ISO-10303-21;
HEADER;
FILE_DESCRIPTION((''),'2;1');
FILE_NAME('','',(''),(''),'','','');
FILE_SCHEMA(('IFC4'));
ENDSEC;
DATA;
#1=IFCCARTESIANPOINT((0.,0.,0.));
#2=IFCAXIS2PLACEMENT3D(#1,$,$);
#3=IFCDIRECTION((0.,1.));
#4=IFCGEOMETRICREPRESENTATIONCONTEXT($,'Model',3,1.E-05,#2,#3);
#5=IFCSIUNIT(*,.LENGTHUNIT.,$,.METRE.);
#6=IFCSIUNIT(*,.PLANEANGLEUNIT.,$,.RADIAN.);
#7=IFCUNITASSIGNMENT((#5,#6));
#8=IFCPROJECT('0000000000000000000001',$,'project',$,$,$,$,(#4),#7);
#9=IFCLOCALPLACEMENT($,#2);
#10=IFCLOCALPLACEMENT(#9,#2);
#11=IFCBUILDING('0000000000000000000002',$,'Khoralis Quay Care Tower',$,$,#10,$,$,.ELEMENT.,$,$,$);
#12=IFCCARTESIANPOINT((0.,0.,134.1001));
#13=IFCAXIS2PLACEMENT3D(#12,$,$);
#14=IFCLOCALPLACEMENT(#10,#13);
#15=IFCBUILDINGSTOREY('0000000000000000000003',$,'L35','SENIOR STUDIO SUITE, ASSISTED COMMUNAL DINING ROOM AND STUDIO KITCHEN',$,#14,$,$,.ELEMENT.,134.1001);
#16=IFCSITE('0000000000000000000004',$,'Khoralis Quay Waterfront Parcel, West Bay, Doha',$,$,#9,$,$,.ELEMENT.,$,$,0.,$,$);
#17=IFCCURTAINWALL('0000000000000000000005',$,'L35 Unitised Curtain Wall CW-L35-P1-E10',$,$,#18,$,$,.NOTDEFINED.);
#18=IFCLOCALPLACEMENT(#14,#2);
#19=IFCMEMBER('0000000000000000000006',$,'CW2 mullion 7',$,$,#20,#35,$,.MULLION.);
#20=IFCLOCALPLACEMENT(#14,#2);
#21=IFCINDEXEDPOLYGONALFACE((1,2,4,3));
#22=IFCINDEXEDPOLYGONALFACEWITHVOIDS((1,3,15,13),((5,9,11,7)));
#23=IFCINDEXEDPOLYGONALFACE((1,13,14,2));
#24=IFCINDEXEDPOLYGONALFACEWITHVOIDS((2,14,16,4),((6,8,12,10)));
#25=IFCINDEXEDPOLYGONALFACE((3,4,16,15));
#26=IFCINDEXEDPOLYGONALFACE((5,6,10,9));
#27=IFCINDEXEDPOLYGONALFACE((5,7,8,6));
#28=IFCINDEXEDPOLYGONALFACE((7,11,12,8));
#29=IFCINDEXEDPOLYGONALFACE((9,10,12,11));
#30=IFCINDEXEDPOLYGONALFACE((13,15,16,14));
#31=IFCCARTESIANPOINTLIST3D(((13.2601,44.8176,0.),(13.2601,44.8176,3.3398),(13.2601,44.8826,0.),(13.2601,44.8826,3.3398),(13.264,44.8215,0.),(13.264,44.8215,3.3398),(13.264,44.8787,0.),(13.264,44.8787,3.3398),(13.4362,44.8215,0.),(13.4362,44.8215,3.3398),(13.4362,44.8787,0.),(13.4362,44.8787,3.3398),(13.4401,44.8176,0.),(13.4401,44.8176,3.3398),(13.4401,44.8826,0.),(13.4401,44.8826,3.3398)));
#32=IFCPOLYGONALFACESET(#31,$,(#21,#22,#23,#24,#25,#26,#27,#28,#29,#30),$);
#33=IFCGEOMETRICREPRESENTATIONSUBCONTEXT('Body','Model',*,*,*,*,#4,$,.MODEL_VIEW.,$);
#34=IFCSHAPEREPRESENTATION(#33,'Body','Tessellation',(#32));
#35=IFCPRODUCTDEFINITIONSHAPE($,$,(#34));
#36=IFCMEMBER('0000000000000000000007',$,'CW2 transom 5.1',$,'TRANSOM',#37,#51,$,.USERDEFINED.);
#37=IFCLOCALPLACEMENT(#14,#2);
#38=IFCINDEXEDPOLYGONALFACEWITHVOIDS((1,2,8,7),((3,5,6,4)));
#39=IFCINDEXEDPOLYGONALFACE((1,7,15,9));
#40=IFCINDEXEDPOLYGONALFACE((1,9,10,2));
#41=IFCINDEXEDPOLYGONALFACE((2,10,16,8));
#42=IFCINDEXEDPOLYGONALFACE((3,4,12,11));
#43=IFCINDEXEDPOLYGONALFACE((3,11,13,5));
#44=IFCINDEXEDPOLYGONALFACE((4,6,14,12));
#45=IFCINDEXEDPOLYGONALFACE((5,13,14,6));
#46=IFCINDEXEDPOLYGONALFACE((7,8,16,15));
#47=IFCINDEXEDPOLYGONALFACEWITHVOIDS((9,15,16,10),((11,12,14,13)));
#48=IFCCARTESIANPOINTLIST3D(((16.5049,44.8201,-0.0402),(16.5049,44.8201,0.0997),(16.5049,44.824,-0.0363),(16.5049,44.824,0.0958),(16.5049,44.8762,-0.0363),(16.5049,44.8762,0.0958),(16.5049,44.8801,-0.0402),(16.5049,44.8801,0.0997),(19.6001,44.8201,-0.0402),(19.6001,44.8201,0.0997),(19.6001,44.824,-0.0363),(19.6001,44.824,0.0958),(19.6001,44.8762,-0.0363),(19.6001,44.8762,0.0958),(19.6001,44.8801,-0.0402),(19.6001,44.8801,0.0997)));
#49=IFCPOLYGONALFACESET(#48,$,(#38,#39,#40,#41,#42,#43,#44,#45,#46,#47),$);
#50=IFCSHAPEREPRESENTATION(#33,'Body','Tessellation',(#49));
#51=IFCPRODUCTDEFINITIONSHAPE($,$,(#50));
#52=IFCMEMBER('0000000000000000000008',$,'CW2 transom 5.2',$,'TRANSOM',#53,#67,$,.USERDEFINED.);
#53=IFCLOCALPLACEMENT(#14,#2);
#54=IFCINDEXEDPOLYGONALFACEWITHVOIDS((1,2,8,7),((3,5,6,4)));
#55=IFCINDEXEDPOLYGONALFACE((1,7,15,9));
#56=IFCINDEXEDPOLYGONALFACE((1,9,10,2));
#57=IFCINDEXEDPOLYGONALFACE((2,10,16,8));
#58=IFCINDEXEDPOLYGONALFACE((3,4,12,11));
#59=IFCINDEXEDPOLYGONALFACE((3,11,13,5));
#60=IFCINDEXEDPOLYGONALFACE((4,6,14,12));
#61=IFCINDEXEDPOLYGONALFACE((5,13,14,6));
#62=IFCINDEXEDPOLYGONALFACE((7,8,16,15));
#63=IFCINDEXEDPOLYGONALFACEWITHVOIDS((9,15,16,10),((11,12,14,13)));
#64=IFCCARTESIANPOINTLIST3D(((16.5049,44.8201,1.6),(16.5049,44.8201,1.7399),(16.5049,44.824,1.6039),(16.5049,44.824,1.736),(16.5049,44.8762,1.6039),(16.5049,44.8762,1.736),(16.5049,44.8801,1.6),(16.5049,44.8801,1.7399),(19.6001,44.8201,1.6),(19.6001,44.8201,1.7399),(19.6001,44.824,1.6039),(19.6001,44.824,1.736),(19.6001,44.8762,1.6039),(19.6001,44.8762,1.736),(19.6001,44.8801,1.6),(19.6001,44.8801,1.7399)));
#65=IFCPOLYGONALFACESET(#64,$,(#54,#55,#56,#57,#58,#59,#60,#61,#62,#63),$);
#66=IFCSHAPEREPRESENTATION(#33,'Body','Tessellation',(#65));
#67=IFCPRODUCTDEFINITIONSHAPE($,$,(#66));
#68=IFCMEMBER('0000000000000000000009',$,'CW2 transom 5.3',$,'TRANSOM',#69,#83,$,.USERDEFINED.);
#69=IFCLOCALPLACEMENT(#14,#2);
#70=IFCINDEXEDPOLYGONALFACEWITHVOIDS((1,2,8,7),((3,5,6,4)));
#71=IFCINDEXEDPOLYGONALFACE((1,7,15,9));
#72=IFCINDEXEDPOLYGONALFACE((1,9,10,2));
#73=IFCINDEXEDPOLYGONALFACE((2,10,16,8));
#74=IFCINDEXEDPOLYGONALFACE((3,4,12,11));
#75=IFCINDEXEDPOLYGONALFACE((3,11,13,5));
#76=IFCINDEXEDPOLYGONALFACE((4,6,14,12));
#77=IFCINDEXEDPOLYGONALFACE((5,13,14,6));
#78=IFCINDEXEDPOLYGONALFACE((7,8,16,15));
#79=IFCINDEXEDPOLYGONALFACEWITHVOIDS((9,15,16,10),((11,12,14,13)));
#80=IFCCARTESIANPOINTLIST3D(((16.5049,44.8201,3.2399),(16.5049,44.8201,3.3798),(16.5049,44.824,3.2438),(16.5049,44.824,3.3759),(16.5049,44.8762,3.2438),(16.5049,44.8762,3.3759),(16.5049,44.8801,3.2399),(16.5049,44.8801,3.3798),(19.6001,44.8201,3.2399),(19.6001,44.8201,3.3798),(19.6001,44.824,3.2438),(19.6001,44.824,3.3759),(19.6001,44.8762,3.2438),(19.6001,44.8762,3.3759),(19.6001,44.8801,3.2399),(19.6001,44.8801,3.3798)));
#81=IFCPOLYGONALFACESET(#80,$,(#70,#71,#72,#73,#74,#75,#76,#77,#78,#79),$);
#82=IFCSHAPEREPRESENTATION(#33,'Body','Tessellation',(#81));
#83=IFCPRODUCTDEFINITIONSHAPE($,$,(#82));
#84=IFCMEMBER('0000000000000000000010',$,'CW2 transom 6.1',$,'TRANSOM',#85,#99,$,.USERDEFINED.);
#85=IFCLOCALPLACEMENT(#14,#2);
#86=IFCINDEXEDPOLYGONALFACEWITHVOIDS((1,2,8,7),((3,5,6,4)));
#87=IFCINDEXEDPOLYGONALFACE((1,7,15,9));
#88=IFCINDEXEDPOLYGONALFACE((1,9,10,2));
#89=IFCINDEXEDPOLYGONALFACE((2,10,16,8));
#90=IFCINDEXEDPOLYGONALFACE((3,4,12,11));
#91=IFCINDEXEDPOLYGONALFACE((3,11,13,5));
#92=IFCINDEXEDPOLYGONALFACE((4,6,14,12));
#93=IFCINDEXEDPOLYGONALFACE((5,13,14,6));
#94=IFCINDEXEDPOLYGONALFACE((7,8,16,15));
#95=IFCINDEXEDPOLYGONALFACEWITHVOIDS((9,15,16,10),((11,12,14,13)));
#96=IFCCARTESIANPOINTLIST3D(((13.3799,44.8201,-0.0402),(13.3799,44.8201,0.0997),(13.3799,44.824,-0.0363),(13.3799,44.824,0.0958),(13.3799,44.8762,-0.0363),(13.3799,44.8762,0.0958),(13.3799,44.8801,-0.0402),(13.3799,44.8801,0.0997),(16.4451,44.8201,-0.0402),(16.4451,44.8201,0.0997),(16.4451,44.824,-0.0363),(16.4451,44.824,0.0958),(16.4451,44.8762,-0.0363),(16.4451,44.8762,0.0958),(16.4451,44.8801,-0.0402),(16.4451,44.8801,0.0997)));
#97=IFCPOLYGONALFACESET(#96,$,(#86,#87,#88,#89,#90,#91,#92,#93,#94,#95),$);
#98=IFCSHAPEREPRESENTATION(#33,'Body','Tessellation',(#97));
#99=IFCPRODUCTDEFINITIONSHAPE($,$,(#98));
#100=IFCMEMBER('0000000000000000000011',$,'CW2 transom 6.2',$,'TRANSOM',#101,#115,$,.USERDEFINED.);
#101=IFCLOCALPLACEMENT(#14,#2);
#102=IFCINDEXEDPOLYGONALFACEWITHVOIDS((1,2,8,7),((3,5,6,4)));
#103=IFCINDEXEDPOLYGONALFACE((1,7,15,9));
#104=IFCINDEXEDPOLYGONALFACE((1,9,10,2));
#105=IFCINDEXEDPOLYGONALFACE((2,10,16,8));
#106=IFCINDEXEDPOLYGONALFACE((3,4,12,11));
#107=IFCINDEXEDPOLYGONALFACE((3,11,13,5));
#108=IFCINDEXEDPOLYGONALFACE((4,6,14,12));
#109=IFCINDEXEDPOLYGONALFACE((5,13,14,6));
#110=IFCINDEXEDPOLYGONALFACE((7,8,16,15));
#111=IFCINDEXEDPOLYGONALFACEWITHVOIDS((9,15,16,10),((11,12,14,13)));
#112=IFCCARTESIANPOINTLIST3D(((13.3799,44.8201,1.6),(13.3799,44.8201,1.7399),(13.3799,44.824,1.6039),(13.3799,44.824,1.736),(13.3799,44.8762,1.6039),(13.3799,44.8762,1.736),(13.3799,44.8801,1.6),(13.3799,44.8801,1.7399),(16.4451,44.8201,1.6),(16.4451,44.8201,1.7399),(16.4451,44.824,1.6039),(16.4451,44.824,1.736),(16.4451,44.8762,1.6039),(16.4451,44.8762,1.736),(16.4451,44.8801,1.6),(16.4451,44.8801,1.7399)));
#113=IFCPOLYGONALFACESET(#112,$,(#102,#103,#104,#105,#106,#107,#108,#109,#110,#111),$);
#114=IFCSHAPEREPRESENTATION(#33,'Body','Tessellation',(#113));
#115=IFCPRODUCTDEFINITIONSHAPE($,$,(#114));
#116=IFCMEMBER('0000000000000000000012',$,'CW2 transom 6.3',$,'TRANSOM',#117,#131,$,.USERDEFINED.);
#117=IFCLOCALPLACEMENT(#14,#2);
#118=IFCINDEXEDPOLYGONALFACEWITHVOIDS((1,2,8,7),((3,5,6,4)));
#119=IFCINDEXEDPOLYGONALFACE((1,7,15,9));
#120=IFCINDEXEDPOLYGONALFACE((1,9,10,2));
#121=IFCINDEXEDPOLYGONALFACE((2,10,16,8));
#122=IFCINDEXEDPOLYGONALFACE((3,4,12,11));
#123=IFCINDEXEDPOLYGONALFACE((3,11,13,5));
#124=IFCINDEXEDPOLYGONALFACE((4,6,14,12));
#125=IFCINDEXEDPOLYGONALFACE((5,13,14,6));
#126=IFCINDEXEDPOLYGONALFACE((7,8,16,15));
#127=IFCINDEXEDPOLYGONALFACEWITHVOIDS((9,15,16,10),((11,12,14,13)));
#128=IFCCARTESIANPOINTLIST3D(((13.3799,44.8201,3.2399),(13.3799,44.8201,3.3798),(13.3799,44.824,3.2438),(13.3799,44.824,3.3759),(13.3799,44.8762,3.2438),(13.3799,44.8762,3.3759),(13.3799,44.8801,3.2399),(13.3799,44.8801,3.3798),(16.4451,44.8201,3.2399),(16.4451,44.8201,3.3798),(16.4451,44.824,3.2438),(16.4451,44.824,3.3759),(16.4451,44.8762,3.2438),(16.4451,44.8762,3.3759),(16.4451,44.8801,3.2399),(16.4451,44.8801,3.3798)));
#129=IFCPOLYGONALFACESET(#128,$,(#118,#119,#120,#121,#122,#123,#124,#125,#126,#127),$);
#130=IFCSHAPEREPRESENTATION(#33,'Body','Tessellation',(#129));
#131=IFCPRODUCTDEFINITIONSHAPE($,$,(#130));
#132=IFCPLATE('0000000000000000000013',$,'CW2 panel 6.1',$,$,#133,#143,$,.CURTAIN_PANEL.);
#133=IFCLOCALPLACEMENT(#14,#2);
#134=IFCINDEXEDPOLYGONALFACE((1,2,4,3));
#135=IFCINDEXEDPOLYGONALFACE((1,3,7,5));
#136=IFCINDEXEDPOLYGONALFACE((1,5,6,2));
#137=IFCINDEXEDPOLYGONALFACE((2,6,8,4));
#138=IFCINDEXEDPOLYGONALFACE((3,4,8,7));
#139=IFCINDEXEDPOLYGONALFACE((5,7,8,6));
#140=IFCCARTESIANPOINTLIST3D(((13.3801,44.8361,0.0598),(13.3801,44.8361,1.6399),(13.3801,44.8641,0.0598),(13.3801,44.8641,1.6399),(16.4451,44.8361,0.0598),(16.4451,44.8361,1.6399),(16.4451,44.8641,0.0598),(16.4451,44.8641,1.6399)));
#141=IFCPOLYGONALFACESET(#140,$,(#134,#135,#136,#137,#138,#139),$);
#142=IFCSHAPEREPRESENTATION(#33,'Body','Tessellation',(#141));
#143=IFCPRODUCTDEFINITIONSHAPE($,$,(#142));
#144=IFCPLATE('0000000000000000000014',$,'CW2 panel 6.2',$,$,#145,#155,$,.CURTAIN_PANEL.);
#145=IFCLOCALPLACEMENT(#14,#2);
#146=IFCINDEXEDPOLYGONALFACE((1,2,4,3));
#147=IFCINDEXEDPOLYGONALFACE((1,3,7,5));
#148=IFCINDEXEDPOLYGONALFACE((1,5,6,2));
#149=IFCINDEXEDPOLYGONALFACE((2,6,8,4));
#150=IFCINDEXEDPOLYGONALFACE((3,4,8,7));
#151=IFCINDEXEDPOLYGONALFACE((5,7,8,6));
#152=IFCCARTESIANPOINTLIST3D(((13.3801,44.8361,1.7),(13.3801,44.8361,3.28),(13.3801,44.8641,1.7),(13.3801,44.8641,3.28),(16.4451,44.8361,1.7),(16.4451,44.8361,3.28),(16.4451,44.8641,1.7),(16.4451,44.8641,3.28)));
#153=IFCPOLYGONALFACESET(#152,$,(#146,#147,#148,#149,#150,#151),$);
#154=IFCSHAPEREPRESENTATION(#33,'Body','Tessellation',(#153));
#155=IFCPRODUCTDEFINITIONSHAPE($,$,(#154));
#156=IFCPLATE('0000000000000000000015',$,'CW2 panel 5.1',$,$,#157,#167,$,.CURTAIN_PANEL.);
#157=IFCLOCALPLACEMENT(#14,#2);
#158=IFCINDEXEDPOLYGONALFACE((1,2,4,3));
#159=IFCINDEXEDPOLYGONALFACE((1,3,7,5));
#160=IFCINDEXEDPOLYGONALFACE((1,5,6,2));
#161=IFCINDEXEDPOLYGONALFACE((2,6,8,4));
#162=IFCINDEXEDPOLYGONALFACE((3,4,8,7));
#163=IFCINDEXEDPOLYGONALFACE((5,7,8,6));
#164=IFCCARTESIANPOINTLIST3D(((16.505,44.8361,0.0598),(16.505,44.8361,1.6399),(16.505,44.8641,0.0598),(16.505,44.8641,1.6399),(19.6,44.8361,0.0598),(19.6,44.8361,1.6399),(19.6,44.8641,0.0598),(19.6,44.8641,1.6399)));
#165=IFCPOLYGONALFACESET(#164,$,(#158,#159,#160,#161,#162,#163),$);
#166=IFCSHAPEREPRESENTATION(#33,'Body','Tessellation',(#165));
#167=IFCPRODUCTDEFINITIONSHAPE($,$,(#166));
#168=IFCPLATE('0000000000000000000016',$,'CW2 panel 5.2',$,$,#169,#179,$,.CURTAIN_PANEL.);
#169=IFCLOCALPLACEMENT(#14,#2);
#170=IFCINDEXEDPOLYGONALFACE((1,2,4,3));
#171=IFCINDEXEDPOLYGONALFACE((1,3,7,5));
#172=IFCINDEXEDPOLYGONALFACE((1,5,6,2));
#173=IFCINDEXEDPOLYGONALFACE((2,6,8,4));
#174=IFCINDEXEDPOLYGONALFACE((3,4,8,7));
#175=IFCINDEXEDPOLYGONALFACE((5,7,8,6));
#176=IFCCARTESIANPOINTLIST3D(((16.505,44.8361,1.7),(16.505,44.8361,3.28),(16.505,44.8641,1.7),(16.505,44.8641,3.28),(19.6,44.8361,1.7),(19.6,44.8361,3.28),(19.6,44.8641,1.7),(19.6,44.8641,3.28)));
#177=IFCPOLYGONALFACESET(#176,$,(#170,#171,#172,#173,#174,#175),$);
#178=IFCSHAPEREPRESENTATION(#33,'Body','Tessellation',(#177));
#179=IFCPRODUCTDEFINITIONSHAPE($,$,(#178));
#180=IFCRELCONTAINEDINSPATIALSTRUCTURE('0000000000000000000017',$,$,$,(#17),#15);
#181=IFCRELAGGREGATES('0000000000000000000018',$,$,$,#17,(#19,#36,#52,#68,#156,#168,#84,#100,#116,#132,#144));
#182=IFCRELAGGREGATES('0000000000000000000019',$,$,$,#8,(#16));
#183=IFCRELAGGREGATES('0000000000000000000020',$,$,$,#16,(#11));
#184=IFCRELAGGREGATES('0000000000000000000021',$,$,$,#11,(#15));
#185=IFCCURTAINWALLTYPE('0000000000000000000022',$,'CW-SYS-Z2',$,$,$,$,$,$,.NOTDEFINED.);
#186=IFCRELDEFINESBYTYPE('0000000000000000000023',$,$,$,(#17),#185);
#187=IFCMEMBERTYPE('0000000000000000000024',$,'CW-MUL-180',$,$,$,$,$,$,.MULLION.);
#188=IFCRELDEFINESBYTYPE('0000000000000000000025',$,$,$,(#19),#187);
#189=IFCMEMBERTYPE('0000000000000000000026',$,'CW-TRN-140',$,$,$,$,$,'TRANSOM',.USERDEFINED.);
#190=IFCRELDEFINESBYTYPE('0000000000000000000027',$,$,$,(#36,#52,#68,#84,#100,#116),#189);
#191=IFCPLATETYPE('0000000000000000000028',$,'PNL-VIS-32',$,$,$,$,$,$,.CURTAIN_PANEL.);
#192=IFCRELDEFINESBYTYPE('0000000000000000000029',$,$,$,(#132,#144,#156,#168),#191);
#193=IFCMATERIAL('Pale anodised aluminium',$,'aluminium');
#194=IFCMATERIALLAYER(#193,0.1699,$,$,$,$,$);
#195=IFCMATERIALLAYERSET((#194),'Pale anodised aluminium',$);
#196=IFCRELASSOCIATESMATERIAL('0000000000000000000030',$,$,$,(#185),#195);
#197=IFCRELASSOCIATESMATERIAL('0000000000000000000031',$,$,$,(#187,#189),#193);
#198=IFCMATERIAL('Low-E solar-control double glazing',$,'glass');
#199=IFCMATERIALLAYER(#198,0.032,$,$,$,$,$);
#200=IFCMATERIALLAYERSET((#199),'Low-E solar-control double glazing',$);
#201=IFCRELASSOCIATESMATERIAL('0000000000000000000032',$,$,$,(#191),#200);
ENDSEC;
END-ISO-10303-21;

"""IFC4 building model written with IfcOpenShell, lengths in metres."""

from ifc_helpers import new_model, si_unit, direction, frame, origin, origin_2d, place, context, subcontext, project, spatial, rectangle, hollow_rectangle, extrude, source, transform, mapped, material, layer, layer_set, material_profile, profile_set, type_object, element, aggregate, save


model = new_model("IFC4")

# Units and contexts
model_context = context("Model", 3, precision=1e-05, world=origin(), true_north=direction((0.0, 1.0)))
body_context = subcontext(model_context, "Body", "Model", "MODEL_VIEW")
ifc_project = project(units=[si_unit("LENGTHUNIT", "METRE"), si_unit("PLANEANGLEUNIT", "RADIAN")], contexts=[model_context])

# Site, building, storey
site_placement = place(None, origin())
site = spatial("IfcSite", under=ifc_project, at=site_placement, Name="Khoralis Quay Waterfront Parcel, West Bay, Doha", CompositionType="ELEMENT", RefElevation=0.0)
building_placement = place(site_placement, origin())
building = spatial("IfcBuilding", under=site, at=building_placement, Name="Khoralis Quay Care Tower", CompositionType="ELEMENT")
storey_placement = place(building_placement, frame((0.0, 0.0, 134.1001)))
storey = spatial("IfcBuildingStorey", under=building, at=storey_placement, Name="L35", Description="SENIOR STUDIO SUITE, ASSISTED COMMUNAL DINING ROOM AND STUDIO KITCHEN", CompositionType="ELEMENT", Elevation=134.1001)

# Curtain wall, members, plates
ifc_material_1 = material(Name="Pale anodised aluminium", Category="aluminium")
ifc_layer_1 = layer(ifc_material_1, 0.1699)
ifc_layer_set_1 = layer_set([ifc_layer_1], Name="Pale anodised aluminium")
curtain_wall_type = type_object("IfcCurtainWallType", Name="CW-SYS-Z2", PredefinedType="NOTDEFINED", material=ifc_layer_set_1)
curtain_wall_placement = place(storey_placement, origin())
curtain_wall = element("IfcCurtainWall", 1, at=curtain_wall_placement, inside=storey, type_object=curtain_wall_type, Name="L35 Unitised Curtain Wall CW-L35-P1-E10", PredefinedType="NOTDEFINED")
ifc_material_profile_1 = material_profile(ifc_material_1, hollow_rectangle(XDim=0.0649, YDim=0.1799, WallThickness=0.0039, at=origin_2d()), Name="Pale anodised aluminium")
ifc_profile_set_1 = profile_set([ifc_material_profile_1], Name="Pale anodised aluminium")
member_type_1 = type_object("IfcMemberType", Name="CW-MUL-180", PredefinedType="MULLION", material=ifc_profile_set_1)
shared_shape_1 = source(origin(), body_context, "Body", "SweptSolid", [
    extrude(hollow_rectangle(XDim=0.0649, YDim=0.1799, WallThickness=0.0039, at=origin_2d()), origin(), (0.0, 0.0, 1.0), 3.3398),
])
member_1_placement = place(storey_placement, frame((13.3501, 44.8501, 0.0), z_axis=(0.0, 0.0, 1.0), x_axis=(0.0, -1.0, 0.0)))
member_1 = element("IfcMember", 2, at=member_1_placement, type_object=member_type_1, Name="CW2 mullion 7", PredefinedType="MULLION", context=body_context, shape_type="MappedRepresentation", body=[
    mapped(shared_shape_1, transform((0.0, 0.0, 0.0), scale=1.0)),
])
ifc_material_profile_2 = material_profile(ifc_material_1, hollow_rectangle(XDim=0.0601, YDim=0.1399, WallThickness=0.0039, at=origin_2d()), Name="Pale anodised aluminium")
ifc_profile_set_2 = profile_set([ifc_material_profile_2], Name="Pale anodised aluminium")
member_type_2 = type_object("IfcMemberType", Name="CW-TRN-140", ElementType="TRANSOM", PredefinedType="USERDEFINED", material=ifc_profile_set_2)
shared_shape_2 = source(origin(), body_context, "Body", "SweptSolid", [
    extrude(hollow_rectangle(XDim=0.0601, YDim=0.1399, WallThickness=0.0039, at=origin_2d()), origin(), (0.0, 0.0, 1.0), 3.0952),
])
member_2_placement = place(storey_placement, frame((19.6001, 44.8501, 0.0298), z_axis=(-1.0, 0.0, 0.0), x_axis=(0.0, -1.0, 0.0)))
member_2 = element("IfcMember", 3, at=member_2_placement, type_object=member_type_2, Name="CW2 transom 5.1", ObjectType="TRANSOM", PredefinedType="USERDEFINED", context=body_context, shape_type="MappedRepresentation", body=[
    mapped(shared_shape_2, transform((0.0, 0.0, 0.0), scale=1.0)),
])
member_3_placement = place(storey_placement, frame((19.6001, 44.8501, 1.6699), z_axis=(-1.0, 0.0, 0.0), x_axis=(0.0, -1.0, 0.0)))
member_3 = element("IfcMember", 4, at=member_3_placement, type_object=member_type_2, Name="CW2 transom 5.2", ObjectType="TRANSOM", PredefinedType="USERDEFINED", context=body_context, shape_type="MappedRepresentation", body=[
    mapped(shared_shape_2, transform((0.0, 0.0, 0.0), scale=1.0)),
])
member_4_placement = place(storey_placement, frame((19.6001, 44.8501, 3.3098), z_axis=(-1.0, 0.0, 0.0), x_axis=(0.0, -1.0, 0.0)))
member_4 = element("IfcMember", 5, at=member_4_placement, type_object=member_type_2, Name="CW2 transom 5.3", ObjectType="TRANSOM", PredefinedType="USERDEFINED", context=body_context, shape_type="MappedRepresentation", body=[
    mapped(shared_shape_2, transform((0.0, 0.0, 0.0), scale=1.0)),
])
shared_shape_3 = source(origin(), body_context, "Body", "SweptSolid", [
    extrude(hollow_rectangle(XDim=0.0601, YDim=0.1399, WallThickness=0.0039, at=origin_2d()), origin(), (0.0, 0.0, 1.0), 3.0652),
])
member_5_placement = place(storey_placement, frame((16.4451, 44.8501, 0.0298), z_axis=(-1.0, 0.0, 0.0), x_axis=(0.0, -1.0, 0.0)))
member_5 = element("IfcMember", 6, at=member_5_placement, type_object=member_type_2, Name="CW2 transom 6.1", ObjectType="TRANSOM", PredefinedType="USERDEFINED", context=body_context, shape_type="MappedRepresentation", body=[
    mapped(shared_shape_3, transform((0.0, 0.0, 0.0), scale=1.0)),
])
member_6_placement = place(storey_placement, frame((16.4451, 44.8501, 1.6699), z_axis=(-1.0, 0.0, 0.0), x_axis=(0.0, -1.0, 0.0)))
member_6 = element("IfcMember", 7, at=member_6_placement, type_object=member_type_2, Name="CW2 transom 6.2", ObjectType="TRANSOM", PredefinedType="USERDEFINED", context=body_context, shape_type="MappedRepresentation", body=[
    mapped(shared_shape_3, transform((0.0, 0.0, 0.0), scale=1.0)),
])
member_7_placement = place(storey_placement, frame((16.4451, 44.8501, 3.3098), z_axis=(-1.0, 0.0, 0.0), x_axis=(0.0, -1.0, 0.0)))
member_7 = element("IfcMember", 8, at=member_7_placement, type_object=member_type_2, Name="CW2 transom 6.3", ObjectType="TRANSOM", PredefinedType="USERDEFINED", context=body_context, shape_type="MappedRepresentation", body=[
    mapped(shared_shape_3, transform((0.0, 0.0, 0.0), scale=1.0)),
])
ifc_material_2 = material(Name="Low-E solar-control double glazing", Category="glass")
ifc_layer_2 = layer(ifc_material_2, 0.032)
ifc_layer_set_2 = layer_set([ifc_layer_2], Name="Low-E solar-control double glazing")
plate_type = type_object("IfcPlateType", Name="PNL-VIS-32", PredefinedType="CURTAIN_PANEL", material=ifc_layer_set_2)
shared_shape_4 = source(origin(), body_context, "Body", "SweptSolid", [
    extrude(rectangle(XDim=3.0649, YDim=0.0281, at=origin_2d()), origin(), (0.0, 0.0, 1.0), 1.5801),
])
plate_1_placement = place(storey_placement, frame((14.9126, 44.8501, 0.0598), z_axis=(0.0, 0.0, 1.0), x_axis=(-1.0, 0.0, 0.0)))
plate_1 = element("IfcPlate", 9, at=plate_1_placement, type_object=plate_type, Name="CW2 panel 6.1", PredefinedType="CURTAIN_PANEL", context=body_context, shape_type="MappedRepresentation", body=[
    mapped(shared_shape_4, transform((0.0, 0.0, 0.0), scale=1.0)),
])
plate_2_placement = place(storey_placement, frame((14.9126, 44.8501, 1.7), z_axis=(0.0, 0.0, 1.0), x_axis=(-1.0, 0.0, 0.0)))
plate_2 = element("IfcPlate", 10, at=plate_2_placement, type_object=plate_type, Name="CW2 panel 6.2", PredefinedType="CURTAIN_PANEL", context=body_context, shape_type="MappedRepresentation", body=[
    mapped(shared_shape_4, transform((0.0, 0.0, 0.0), scale=1.0)),
])
shared_shape_5 = source(origin(), body_context, "Body", "SweptSolid", [
    extrude(rectangle(XDim=3.095, YDim=0.0281, at=origin_2d()), origin(), (0.0, 0.0, 1.0), 1.5801),
])
plate_3_placement = place(storey_placement, frame((18.0525, 44.8501, 0.0598), z_axis=(0.0, 0.0, 1.0), x_axis=(-1.0, 0.0, 0.0)))
plate_3 = element("IfcPlate", 11, at=plate_3_placement, type_object=plate_type, Name="CW2 panel 5.1", PredefinedType="CURTAIN_PANEL", context=body_context, shape_type="MappedRepresentation", body=[
    mapped(shared_shape_5, transform((0.0, 0.0, 0.0), scale=1.0)),
])
plate_4_placement = place(storey_placement, frame((18.0525, 44.8501, 1.7), z_axis=(0.0, 0.0, 1.0), x_axis=(-1.0, 0.0, 0.0)))
plate_4 = element("IfcPlate", 12, at=plate_4_placement, type_object=plate_type, Name="CW2 panel 5.2", PredefinedType="CURTAIN_PANEL", context=body_context, shape_type="MappedRepresentation", body=[
    mapped(shared_shape_5, transform((0.0, 0.0, 0.0), scale=1.0)),
])
aggregate(curtain_wall, [member_1, member_2, member_3, member_4, plate_3, plate_4, member_5, member_6, member_7, plate_1, plate_2])

save(model, "model.ifc")
